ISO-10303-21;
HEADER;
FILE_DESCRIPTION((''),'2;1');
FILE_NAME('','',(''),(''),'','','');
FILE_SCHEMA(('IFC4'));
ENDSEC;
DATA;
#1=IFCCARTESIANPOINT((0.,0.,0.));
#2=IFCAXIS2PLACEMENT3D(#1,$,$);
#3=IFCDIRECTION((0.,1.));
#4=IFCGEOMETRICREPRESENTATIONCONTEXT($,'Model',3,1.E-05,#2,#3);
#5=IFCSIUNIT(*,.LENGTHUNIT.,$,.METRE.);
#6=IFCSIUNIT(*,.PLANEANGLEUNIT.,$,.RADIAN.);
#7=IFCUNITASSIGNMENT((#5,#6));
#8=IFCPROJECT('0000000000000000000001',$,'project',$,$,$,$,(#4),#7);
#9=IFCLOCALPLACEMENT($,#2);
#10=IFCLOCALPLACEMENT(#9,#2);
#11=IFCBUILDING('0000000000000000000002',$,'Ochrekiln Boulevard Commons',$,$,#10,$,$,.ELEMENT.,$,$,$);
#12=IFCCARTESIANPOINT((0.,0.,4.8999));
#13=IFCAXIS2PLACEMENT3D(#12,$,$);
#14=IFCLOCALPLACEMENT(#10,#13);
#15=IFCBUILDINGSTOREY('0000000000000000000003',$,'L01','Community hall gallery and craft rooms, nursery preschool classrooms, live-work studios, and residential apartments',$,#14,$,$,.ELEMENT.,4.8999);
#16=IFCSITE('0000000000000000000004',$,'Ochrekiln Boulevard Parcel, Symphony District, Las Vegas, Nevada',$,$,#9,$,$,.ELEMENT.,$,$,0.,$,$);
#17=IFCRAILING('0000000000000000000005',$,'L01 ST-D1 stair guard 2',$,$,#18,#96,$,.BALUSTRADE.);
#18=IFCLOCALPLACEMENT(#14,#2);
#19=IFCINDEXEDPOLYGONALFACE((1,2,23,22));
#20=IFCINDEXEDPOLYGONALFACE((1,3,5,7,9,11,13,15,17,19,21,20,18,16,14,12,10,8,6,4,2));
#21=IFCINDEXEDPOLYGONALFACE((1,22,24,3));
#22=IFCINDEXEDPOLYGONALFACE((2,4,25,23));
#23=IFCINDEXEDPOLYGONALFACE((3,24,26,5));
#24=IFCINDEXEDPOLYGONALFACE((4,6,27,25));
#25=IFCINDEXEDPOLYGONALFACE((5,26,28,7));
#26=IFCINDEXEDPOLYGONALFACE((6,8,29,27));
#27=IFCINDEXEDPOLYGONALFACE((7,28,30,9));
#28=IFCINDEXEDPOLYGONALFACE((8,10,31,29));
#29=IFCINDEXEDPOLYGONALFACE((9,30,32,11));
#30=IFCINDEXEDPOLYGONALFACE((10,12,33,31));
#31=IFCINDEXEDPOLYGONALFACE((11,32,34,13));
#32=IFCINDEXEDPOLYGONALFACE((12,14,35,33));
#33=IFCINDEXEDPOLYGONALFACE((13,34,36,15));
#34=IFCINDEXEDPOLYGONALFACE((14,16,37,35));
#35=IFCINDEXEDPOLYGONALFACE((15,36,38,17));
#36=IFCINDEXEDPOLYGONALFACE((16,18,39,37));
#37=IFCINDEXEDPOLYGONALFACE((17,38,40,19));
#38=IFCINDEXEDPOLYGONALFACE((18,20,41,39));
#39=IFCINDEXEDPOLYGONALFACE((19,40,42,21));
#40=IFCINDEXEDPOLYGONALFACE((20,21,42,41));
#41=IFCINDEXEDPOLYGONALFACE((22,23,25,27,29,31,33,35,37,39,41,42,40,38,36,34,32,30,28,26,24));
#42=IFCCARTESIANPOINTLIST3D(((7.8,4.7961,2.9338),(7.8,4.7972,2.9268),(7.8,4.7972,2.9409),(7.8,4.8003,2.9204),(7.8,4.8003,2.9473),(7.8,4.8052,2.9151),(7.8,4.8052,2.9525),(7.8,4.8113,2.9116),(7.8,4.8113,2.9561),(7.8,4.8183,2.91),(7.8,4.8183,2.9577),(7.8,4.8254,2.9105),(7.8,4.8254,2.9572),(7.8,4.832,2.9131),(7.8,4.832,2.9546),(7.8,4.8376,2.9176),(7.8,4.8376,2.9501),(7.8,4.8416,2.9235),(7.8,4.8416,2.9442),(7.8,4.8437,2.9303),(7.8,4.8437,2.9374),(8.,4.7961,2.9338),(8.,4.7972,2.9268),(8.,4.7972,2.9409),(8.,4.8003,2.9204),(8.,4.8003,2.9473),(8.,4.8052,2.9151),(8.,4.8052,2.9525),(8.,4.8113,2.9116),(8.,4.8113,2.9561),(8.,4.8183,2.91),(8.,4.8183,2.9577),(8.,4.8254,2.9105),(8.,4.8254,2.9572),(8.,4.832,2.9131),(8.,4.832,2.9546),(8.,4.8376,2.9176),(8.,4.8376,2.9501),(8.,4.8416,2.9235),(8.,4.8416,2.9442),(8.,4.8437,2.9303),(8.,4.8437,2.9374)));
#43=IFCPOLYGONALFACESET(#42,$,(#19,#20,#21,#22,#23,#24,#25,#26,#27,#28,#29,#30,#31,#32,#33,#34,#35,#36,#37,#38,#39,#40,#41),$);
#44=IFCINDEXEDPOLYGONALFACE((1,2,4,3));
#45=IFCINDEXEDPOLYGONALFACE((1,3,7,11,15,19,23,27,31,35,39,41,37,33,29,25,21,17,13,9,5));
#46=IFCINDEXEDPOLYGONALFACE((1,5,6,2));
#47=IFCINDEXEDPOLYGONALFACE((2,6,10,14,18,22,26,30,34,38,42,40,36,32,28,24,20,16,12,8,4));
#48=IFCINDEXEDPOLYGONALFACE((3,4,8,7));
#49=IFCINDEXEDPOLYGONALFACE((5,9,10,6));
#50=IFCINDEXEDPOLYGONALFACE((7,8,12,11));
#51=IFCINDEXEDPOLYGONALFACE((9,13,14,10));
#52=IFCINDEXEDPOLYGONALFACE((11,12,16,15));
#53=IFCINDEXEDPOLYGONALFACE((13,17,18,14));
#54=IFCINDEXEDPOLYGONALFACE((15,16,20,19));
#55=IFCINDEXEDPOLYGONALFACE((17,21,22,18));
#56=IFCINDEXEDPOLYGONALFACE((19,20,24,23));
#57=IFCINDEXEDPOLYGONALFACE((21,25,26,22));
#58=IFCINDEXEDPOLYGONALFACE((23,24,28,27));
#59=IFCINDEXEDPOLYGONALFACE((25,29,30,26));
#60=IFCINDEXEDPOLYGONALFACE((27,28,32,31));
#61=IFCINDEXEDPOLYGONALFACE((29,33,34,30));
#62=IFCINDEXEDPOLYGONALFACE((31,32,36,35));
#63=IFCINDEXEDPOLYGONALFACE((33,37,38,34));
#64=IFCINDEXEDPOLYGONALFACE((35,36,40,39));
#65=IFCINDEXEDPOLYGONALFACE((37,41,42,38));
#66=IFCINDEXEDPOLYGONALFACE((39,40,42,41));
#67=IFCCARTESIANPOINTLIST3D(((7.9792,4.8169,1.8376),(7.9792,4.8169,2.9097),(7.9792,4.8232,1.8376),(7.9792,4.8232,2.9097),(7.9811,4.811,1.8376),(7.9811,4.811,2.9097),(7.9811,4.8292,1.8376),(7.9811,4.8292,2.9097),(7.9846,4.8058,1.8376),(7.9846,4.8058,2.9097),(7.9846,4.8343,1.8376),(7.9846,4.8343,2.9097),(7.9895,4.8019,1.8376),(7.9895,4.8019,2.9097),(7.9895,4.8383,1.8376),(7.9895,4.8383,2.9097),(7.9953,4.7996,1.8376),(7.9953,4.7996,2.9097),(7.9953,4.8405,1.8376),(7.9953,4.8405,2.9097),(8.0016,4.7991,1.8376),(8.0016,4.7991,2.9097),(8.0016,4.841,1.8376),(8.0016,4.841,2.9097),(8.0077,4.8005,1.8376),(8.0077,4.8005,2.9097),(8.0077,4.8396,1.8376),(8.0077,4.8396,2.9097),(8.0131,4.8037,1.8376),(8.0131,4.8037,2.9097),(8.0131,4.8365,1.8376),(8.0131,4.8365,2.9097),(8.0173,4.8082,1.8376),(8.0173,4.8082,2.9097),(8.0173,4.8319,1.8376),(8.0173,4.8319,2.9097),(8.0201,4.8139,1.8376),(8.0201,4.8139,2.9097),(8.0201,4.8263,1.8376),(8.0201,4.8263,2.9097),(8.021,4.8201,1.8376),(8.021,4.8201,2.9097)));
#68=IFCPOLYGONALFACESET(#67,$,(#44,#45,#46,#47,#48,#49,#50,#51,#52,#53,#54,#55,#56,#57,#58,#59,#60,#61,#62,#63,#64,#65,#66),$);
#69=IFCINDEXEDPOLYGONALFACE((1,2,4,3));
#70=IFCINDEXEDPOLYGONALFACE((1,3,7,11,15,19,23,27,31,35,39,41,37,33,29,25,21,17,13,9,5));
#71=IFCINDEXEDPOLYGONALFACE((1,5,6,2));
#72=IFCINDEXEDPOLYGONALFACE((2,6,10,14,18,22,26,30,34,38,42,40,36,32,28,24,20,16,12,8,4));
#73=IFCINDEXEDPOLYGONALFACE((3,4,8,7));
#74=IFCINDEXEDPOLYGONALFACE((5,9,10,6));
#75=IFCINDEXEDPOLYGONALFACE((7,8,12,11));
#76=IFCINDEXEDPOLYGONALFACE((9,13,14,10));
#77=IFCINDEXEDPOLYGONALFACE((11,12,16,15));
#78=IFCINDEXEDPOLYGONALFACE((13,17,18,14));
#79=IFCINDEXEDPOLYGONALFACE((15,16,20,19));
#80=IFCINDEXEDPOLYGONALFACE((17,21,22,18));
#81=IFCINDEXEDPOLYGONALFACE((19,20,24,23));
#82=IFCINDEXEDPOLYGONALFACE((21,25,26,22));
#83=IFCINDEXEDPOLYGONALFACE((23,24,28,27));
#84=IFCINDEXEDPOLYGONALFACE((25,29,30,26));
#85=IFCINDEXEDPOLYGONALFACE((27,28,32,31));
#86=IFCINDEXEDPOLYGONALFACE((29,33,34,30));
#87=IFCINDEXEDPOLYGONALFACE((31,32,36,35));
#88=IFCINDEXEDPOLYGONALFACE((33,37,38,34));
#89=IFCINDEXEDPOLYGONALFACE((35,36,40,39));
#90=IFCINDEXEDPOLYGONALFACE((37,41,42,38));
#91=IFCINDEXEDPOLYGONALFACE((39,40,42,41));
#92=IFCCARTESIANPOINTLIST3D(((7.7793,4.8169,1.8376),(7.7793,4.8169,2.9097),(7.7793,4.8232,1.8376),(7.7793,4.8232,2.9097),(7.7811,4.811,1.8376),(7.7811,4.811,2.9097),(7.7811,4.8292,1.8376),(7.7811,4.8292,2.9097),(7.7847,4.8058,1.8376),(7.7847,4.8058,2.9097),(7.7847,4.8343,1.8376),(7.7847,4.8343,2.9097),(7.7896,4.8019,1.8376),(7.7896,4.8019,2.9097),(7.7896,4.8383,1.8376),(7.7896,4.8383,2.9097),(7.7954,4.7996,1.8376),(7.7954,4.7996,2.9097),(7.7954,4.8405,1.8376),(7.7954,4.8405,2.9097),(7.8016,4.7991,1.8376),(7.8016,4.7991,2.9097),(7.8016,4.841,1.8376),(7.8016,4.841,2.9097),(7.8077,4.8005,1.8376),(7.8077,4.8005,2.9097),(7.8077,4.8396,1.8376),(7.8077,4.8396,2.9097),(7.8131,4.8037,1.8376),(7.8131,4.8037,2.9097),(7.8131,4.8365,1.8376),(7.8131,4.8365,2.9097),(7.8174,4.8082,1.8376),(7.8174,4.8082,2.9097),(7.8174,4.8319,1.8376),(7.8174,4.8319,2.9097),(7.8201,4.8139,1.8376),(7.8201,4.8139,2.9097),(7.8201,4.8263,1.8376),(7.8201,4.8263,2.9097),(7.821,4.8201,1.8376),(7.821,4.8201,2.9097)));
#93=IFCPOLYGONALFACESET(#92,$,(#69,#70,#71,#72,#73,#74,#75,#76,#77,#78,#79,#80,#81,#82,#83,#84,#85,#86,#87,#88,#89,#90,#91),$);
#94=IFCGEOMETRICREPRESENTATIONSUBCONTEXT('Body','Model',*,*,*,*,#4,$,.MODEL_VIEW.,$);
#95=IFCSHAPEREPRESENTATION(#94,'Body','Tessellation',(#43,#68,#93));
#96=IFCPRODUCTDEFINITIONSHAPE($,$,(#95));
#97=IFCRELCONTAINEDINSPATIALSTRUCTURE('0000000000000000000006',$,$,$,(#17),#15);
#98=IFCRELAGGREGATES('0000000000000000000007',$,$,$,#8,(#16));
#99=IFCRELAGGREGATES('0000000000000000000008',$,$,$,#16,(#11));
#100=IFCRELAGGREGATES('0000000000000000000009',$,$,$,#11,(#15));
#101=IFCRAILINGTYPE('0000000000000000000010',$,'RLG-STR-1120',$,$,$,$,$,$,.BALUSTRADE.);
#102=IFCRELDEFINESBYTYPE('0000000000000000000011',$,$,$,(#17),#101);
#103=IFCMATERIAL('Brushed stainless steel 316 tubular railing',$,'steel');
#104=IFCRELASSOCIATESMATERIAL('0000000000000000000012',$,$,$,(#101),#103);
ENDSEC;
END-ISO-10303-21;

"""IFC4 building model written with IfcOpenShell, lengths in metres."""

from ifc_helpers import new_model, si_unit, direction, frame, origin, origin_2d, place, context, subcontext, project, spatial, circle, extrude, material, type_object, element, save


model = new_model("IFC4")

# Units and contexts
model_context = context("Model", 3, precision=1e-05, world=origin(), true_north=direction((0.0, 1.0)))
body_context = subcontext(model_context, "Body", "Model", "MODEL_VIEW")
ifc_project = project(units=[si_unit("LENGTHUNIT", "METRE"), si_unit("PLANEANGLEUNIT", "RADIAN")], contexts=[model_context])

# Site, building, storey
site_placement = place(None, origin())
site = spatial("IfcSite", under=ifc_project, at=site_placement, Name="Ochrekiln Boulevard Parcel, Symphony District, Las Vegas, Nevada", CompositionType="ELEMENT", RefElevation=0.0)
building_placement = place(site_placement, origin())
building = spatial("IfcBuilding", under=site, at=building_placement, Name="Ochrekiln Boulevard Commons", CompositionType="ELEMENT")
storey_placement = place(building_placement, frame((0.0, 0.0, 4.8999)))
storey = spatial("IfcBuildingStorey", under=building, at=storey_placement, Name="L01", Description="Community hall gallery and craft rooms, nursery preschool classrooms, live-work studios, and residential apartments", CompositionType="ELEMENT", Elevation=4.8999)

# Railing
ifc_material_1 = material(Name="Brushed stainless steel 316 tubular railing", Category="steel")
railing_type_1 = type_object("IfcRailingType", Name="RLG-STR-1120", PredefinedType="BALUSTRADE", material=ifc_material_1)
railing_1_placement = place(storey_placement, frame((8.0, 4.8201, 1.8376)))
element("IfcRailing", 1, at=railing_1_placement, inside=storey, type_object=railing_type_1, Name="L01 ST-D1 stair guard 2", PredefinedType="BALUSTRADE", context=body_context, shape_type="SweptSolid", body=[
    extrude(circle(Radius=0.0239, at=origin_2d()), frame((0.0, 0.0, 1.0962), z_axis=(-1.0, 0.0, 0.0), x_axis=(0.0, -1.0, 0.0)), (0.0, 0.0, 1.0), 0.2),
    extrude(circle(Radius=0.021, at=origin_2d()), origin(), (0.0, 0.0, 1.0), 1.072),
    extrude(circle(Radius=0.021, at=origin_2d()), frame((-0.2, 0.0, 0.0)), (0.0, 0.0, 1.0), 1.072),
])

save(model, "model.ifc")
